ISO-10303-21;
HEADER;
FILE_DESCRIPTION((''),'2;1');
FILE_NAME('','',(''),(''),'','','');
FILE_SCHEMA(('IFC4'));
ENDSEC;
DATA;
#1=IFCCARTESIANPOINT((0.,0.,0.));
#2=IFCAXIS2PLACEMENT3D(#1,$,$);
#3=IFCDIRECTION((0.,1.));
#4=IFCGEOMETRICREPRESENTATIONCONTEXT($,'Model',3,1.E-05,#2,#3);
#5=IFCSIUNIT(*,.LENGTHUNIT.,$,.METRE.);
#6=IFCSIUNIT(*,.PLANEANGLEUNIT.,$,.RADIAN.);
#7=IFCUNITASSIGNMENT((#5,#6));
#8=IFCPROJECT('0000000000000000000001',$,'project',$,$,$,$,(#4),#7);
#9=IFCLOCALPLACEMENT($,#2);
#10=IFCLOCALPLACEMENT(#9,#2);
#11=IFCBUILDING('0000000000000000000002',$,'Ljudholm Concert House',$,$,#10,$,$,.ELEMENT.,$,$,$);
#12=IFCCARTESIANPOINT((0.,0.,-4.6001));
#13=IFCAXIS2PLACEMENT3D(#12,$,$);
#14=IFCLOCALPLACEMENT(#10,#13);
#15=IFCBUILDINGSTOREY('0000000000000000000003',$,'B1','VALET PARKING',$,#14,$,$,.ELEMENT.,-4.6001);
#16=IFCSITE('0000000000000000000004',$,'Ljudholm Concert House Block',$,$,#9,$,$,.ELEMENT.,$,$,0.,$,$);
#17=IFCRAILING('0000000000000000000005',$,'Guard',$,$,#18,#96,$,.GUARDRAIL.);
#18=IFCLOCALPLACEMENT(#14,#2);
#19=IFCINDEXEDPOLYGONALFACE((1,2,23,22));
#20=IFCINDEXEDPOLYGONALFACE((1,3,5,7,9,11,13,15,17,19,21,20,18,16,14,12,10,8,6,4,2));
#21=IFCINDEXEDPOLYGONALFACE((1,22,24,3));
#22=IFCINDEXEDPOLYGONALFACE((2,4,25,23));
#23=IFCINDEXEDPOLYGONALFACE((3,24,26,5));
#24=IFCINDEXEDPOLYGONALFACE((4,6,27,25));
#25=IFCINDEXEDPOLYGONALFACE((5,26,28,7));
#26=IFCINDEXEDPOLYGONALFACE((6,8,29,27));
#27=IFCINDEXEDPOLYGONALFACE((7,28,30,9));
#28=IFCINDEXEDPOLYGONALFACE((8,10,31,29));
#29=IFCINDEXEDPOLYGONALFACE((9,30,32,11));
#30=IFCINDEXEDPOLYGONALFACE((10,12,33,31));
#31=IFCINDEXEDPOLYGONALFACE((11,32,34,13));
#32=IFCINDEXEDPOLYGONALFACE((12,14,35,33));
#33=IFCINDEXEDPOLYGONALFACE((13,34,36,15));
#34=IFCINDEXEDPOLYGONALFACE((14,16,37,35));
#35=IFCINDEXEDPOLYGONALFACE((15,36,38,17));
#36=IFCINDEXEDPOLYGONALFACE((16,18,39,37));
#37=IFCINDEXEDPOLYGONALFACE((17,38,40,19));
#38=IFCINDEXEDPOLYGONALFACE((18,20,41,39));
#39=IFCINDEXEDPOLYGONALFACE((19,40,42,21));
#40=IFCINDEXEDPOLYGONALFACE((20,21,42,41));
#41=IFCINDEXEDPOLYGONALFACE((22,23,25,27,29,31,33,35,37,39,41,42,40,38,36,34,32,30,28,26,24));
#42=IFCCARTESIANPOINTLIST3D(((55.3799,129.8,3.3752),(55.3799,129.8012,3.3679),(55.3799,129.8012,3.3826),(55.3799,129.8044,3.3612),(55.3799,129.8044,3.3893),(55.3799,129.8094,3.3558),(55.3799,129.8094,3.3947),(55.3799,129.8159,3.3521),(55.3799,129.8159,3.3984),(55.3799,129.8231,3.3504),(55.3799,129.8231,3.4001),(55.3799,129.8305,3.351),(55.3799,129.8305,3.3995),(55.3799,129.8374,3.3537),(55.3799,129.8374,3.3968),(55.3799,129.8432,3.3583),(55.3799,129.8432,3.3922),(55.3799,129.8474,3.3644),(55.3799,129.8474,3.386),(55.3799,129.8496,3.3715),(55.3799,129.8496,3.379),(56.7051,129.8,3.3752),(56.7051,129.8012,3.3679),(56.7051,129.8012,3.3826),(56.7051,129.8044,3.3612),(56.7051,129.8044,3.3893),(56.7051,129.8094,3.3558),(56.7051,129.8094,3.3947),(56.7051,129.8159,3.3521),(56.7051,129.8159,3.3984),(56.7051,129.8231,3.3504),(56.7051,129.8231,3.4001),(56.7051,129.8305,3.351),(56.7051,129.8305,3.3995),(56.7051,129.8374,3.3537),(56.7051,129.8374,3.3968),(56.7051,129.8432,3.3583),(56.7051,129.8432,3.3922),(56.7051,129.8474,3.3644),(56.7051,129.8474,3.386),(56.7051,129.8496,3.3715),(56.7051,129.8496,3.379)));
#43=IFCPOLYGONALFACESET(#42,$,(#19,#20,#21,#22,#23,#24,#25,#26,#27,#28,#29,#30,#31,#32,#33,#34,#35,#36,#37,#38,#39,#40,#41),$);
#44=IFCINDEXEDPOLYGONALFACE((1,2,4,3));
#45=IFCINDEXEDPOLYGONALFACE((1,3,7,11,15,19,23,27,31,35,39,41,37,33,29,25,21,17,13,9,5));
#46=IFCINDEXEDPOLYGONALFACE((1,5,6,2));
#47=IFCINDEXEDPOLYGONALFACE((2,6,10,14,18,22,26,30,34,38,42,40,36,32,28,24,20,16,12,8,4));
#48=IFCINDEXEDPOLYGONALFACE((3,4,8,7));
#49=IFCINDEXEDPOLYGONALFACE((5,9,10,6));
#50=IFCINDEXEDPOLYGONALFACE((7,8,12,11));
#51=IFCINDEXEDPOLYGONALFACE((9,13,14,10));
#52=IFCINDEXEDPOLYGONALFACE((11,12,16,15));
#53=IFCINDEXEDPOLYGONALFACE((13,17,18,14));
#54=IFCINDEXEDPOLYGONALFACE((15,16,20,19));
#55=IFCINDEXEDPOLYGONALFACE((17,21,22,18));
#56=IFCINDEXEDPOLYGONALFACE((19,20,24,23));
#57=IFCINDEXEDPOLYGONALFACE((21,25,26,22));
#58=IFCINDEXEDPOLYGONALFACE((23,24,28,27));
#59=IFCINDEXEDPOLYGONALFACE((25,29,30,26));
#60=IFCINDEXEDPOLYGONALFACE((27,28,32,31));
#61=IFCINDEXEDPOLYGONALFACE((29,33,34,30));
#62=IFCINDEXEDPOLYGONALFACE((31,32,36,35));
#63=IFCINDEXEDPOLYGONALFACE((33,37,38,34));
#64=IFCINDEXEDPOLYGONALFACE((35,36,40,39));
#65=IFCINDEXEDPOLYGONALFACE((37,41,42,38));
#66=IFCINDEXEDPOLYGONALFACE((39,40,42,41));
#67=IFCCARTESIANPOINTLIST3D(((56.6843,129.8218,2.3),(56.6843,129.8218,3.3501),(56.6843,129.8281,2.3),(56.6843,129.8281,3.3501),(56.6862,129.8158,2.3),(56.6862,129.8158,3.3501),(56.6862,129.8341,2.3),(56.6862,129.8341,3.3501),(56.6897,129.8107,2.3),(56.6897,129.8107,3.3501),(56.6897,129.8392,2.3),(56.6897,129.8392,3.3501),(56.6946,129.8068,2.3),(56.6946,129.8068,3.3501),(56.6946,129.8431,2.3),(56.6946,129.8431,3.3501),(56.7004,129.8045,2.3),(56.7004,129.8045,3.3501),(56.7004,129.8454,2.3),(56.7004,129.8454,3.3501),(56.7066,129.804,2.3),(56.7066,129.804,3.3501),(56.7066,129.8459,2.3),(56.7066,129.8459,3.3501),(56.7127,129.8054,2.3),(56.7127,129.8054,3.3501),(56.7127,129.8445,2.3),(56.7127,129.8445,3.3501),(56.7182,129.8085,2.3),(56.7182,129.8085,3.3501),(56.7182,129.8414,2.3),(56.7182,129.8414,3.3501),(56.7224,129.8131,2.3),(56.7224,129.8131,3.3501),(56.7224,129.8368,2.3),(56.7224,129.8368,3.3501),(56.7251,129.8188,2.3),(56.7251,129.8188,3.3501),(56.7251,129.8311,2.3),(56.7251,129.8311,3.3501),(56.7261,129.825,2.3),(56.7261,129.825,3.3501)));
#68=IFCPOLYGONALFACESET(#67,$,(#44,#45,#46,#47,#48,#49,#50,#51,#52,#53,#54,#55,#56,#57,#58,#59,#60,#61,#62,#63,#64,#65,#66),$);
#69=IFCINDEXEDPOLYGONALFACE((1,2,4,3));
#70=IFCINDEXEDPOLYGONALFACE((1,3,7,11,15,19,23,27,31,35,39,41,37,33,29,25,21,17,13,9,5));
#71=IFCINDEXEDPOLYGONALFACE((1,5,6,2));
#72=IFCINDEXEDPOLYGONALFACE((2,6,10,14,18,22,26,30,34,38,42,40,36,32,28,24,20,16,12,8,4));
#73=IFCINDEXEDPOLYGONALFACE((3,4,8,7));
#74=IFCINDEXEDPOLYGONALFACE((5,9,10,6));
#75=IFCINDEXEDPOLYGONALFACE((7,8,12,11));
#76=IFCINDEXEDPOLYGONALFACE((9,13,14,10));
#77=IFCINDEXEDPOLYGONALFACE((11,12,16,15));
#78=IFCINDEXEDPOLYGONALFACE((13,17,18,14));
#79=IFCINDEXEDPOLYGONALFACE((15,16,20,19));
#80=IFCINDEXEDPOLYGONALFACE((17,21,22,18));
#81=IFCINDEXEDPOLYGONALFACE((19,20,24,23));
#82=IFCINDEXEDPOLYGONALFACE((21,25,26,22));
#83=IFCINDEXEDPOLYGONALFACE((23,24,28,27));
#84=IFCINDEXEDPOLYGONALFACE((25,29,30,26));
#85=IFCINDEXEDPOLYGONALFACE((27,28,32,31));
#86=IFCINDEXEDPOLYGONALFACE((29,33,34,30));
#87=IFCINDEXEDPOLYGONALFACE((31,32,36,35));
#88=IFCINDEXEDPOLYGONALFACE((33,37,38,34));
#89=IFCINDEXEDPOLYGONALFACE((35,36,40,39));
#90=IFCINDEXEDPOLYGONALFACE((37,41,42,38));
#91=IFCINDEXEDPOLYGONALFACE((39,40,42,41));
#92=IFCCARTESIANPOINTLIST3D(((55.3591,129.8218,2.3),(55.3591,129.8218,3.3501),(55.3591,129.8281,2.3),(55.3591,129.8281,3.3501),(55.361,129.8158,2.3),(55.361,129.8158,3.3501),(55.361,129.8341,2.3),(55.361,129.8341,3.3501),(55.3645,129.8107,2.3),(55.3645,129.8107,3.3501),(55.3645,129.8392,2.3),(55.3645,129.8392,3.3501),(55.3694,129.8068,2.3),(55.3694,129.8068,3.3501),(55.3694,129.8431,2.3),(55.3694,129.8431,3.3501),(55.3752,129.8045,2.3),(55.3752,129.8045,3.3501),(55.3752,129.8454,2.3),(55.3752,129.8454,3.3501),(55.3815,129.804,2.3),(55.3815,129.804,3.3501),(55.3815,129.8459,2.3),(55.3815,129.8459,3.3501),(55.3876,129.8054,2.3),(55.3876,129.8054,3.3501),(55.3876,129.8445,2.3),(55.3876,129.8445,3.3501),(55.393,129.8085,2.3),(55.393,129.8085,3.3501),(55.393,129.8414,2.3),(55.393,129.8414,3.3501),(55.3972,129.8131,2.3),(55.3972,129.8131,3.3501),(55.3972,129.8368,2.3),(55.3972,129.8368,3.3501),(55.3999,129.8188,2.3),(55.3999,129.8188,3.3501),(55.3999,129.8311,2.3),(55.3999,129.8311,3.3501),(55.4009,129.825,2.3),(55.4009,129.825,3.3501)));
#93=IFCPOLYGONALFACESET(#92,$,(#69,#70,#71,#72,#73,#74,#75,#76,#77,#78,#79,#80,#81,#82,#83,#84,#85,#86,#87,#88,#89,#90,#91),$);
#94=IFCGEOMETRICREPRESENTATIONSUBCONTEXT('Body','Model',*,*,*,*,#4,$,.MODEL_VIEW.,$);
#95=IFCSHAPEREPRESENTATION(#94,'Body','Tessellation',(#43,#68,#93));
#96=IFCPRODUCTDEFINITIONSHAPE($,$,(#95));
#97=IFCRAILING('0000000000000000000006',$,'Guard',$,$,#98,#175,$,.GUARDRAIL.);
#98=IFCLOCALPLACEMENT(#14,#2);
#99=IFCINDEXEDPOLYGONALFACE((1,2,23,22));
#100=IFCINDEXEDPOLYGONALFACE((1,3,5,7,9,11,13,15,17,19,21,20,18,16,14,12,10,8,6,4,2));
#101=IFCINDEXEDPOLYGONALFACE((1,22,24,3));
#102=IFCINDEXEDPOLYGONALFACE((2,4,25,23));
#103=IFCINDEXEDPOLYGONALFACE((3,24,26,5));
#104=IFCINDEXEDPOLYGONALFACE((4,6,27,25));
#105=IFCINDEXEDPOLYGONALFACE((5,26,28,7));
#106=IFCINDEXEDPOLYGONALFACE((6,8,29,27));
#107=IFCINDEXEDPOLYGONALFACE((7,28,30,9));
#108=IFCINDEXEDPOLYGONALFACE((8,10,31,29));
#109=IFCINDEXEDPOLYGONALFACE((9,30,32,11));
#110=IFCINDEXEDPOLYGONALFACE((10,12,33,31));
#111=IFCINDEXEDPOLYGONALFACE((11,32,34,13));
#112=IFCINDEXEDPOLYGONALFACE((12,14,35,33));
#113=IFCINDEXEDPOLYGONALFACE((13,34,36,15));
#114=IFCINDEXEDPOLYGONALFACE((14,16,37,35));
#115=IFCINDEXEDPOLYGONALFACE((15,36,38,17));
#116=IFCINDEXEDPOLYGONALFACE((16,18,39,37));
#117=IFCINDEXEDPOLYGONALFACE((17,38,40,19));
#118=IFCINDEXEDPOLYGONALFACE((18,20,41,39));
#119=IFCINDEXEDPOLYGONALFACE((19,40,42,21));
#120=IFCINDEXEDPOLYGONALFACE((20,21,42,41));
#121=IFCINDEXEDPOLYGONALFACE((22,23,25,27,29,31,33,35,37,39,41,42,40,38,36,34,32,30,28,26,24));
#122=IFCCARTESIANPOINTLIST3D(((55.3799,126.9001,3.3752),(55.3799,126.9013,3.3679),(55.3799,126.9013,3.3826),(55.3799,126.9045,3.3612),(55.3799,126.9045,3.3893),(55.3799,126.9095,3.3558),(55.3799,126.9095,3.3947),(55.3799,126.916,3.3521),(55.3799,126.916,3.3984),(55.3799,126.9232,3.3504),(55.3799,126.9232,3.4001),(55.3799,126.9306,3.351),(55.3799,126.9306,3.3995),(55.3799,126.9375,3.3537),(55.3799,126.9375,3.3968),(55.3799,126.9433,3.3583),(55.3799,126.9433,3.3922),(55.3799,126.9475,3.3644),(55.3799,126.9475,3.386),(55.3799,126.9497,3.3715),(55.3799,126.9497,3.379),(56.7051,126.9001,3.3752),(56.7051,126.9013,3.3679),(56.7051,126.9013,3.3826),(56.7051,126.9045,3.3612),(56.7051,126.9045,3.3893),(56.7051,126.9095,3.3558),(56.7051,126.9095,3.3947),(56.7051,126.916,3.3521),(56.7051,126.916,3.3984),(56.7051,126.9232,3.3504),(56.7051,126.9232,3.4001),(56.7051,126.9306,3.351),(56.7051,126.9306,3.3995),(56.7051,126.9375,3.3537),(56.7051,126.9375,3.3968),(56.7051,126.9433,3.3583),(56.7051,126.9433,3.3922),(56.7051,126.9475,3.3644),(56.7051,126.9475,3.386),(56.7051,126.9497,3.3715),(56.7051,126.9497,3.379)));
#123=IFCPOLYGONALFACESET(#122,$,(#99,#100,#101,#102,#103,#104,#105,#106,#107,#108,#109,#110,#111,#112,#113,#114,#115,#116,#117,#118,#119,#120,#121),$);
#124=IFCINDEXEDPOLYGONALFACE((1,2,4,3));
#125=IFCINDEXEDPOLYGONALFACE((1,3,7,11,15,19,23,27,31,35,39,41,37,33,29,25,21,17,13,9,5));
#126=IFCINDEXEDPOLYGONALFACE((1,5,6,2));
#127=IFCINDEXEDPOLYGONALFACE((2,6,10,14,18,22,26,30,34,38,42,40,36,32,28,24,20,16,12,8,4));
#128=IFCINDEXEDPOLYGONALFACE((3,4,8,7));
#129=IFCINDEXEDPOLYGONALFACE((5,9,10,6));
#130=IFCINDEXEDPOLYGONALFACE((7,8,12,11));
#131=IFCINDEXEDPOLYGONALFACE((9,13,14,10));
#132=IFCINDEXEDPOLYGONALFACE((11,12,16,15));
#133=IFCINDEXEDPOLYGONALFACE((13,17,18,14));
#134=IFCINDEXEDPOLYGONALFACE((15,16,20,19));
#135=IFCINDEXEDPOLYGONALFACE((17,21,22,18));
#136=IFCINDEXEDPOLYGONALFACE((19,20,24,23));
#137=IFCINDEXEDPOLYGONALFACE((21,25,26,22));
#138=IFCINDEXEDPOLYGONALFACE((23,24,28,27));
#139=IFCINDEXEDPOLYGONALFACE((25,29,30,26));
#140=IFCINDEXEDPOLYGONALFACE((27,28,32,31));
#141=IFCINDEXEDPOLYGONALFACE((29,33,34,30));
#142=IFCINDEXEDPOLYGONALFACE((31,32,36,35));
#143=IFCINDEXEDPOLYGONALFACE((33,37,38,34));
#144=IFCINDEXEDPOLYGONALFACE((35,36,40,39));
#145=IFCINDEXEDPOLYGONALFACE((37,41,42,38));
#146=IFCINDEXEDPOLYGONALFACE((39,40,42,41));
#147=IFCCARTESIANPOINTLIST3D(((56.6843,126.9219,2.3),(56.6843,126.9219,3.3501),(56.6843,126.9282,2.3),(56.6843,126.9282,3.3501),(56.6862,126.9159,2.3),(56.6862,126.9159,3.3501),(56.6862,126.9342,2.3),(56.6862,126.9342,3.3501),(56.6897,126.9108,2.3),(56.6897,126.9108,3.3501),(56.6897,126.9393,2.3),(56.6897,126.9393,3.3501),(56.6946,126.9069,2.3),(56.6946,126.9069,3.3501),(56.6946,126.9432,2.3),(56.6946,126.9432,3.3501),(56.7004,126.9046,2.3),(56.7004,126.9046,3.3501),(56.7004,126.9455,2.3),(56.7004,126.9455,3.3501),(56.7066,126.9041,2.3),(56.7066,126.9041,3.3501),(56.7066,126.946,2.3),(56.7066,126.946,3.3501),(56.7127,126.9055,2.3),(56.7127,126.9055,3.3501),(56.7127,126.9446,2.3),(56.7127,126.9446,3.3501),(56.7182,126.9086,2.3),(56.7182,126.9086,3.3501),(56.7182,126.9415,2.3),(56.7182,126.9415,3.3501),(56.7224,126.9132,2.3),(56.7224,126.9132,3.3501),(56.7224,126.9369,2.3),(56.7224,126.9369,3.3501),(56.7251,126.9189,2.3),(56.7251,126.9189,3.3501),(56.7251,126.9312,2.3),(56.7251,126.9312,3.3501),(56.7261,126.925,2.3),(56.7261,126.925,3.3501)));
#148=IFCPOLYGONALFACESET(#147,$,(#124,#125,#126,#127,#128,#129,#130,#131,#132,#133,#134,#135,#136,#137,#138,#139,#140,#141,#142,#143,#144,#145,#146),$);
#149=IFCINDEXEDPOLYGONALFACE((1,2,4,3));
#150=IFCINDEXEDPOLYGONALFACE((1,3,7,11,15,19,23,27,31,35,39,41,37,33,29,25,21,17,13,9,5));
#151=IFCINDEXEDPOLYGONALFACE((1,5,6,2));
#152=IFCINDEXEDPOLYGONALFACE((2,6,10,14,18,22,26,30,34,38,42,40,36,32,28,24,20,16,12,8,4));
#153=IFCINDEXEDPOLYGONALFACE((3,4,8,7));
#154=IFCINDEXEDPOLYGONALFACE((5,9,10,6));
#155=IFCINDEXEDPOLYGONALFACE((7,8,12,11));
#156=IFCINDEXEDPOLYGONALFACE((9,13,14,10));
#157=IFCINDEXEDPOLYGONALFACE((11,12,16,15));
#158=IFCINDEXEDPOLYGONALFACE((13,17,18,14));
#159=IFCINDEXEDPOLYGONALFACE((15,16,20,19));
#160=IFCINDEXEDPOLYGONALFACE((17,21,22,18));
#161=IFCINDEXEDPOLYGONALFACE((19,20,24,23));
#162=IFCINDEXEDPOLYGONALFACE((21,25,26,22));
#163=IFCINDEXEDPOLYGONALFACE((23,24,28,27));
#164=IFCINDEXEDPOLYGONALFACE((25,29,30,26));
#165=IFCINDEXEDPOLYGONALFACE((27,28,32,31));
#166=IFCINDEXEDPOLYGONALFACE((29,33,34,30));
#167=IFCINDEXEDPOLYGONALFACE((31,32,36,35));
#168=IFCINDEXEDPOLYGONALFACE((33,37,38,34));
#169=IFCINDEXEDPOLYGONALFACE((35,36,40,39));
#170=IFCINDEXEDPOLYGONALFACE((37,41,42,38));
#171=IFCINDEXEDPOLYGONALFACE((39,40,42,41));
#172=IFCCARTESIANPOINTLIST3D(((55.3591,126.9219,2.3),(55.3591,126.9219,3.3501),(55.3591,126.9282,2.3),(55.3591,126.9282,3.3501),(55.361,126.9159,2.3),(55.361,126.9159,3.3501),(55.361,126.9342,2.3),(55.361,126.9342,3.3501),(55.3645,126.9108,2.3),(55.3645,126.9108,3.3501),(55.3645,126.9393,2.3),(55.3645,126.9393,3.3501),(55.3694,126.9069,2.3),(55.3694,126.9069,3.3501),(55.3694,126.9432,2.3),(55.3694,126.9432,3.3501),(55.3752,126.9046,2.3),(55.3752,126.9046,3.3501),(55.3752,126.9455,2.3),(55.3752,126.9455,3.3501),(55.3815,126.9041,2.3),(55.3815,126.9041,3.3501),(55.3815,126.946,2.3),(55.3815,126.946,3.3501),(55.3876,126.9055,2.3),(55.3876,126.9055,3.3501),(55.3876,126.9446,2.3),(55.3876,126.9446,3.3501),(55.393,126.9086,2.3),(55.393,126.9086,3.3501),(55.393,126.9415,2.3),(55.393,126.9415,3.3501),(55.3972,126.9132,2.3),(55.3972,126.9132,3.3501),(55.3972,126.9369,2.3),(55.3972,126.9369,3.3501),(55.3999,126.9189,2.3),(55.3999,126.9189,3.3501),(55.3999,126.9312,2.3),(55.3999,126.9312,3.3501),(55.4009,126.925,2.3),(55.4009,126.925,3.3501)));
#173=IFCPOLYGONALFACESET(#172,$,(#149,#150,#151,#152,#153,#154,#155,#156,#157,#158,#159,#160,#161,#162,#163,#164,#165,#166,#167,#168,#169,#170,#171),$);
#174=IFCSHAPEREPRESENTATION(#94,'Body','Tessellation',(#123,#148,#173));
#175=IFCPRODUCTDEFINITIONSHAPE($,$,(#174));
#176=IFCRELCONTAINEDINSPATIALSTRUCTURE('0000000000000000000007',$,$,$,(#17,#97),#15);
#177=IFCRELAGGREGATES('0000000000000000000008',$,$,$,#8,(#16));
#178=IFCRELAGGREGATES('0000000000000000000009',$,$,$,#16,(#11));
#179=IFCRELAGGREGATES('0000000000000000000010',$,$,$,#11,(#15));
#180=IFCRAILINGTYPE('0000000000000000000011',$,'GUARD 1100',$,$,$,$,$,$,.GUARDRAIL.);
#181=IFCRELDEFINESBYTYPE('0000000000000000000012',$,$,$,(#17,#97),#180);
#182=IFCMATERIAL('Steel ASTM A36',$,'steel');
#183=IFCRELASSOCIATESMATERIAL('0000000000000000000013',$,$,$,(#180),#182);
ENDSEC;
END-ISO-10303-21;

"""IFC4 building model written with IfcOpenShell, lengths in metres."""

from ifc_helpers import new_model, si_unit, direction, frame, origin, origin_2d, place, context, subcontext, project, spatial, circle, extrude, material, type_object, element, save


model = new_model("IFC4")

# Units and contexts
model_context = context("Model", 3, precision=1e-05, world=origin(), true_north=direction((0.0, 1.0)))
body_context = subcontext(model_context, "Body", "Model", "MODEL_VIEW")
ifc_project = project(units=[si_unit("LENGTHUNIT", "METRE"), si_unit("PLANEANGLEUNIT", "RADIAN")], contexts=[model_context])

# Site, building, storey
site_placement = place(None, origin())
site = spatial("IfcSite", under=ifc_project, at=site_placement, Name="Ljudholm Concert House Block", CompositionType="ELEMENT", RefElevation=0.0)
building_placement = place(site_placement, origin())
building = spatial("IfcBuilding", under=site, at=building_placement, Name="Ljudholm Concert House", CompositionType="ELEMENT")
storey_placement = place(building_placement, frame((0.0, 0.0, -4.6001)))
storey = spatial("IfcBuildingStorey", under=building, at=storey_placement, Name="B1", Description="VALET PARKING", CompositionType="ELEMENT", Elevation=-4.6001)

# Railings
ifc_material_1 = material(Name="Steel ASTM A36", Category="steel")
railing_type_1 = type_object("IfcRailingType", Name="GUARD 1100", PredefinedType="GUARDRAIL", material=ifc_material_1)
for number, where, name in (
    (1, (56.7051, 129.825, 2.3), "Guard"),
    (2, (56.7051, 126.925, 2.3), "Guard"),
):
    element("IfcRailing", number, at=place(storey_placement, frame(where)), inside=storey, type_object=railing_type_1, Name=name, PredefinedType="GUARDRAIL", context=body_context, shape_type="SweptSolid", body=[
        extrude(circle(Radius=0.0249, at=origin_2d()), frame((0.0, 0.0, 1.0752), z_axis=(-1.0, 0.0, 0.0), x_axis=(0.0, -1.0, 0.0)), (0.0, 0.0, 1.0), 1.3252),
        extrude(circle(Radius=0.021, at=origin_2d()), origin(), (0.0, 0.0, 1.0), 1.05),
        extrude(circle(Radius=0.021, at=origin_2d()), frame((-1.3252, 0.0, 0.0)), (0.0, 0.0, 1.0), 1.05),
    ])

save(model, "model.ifc")
